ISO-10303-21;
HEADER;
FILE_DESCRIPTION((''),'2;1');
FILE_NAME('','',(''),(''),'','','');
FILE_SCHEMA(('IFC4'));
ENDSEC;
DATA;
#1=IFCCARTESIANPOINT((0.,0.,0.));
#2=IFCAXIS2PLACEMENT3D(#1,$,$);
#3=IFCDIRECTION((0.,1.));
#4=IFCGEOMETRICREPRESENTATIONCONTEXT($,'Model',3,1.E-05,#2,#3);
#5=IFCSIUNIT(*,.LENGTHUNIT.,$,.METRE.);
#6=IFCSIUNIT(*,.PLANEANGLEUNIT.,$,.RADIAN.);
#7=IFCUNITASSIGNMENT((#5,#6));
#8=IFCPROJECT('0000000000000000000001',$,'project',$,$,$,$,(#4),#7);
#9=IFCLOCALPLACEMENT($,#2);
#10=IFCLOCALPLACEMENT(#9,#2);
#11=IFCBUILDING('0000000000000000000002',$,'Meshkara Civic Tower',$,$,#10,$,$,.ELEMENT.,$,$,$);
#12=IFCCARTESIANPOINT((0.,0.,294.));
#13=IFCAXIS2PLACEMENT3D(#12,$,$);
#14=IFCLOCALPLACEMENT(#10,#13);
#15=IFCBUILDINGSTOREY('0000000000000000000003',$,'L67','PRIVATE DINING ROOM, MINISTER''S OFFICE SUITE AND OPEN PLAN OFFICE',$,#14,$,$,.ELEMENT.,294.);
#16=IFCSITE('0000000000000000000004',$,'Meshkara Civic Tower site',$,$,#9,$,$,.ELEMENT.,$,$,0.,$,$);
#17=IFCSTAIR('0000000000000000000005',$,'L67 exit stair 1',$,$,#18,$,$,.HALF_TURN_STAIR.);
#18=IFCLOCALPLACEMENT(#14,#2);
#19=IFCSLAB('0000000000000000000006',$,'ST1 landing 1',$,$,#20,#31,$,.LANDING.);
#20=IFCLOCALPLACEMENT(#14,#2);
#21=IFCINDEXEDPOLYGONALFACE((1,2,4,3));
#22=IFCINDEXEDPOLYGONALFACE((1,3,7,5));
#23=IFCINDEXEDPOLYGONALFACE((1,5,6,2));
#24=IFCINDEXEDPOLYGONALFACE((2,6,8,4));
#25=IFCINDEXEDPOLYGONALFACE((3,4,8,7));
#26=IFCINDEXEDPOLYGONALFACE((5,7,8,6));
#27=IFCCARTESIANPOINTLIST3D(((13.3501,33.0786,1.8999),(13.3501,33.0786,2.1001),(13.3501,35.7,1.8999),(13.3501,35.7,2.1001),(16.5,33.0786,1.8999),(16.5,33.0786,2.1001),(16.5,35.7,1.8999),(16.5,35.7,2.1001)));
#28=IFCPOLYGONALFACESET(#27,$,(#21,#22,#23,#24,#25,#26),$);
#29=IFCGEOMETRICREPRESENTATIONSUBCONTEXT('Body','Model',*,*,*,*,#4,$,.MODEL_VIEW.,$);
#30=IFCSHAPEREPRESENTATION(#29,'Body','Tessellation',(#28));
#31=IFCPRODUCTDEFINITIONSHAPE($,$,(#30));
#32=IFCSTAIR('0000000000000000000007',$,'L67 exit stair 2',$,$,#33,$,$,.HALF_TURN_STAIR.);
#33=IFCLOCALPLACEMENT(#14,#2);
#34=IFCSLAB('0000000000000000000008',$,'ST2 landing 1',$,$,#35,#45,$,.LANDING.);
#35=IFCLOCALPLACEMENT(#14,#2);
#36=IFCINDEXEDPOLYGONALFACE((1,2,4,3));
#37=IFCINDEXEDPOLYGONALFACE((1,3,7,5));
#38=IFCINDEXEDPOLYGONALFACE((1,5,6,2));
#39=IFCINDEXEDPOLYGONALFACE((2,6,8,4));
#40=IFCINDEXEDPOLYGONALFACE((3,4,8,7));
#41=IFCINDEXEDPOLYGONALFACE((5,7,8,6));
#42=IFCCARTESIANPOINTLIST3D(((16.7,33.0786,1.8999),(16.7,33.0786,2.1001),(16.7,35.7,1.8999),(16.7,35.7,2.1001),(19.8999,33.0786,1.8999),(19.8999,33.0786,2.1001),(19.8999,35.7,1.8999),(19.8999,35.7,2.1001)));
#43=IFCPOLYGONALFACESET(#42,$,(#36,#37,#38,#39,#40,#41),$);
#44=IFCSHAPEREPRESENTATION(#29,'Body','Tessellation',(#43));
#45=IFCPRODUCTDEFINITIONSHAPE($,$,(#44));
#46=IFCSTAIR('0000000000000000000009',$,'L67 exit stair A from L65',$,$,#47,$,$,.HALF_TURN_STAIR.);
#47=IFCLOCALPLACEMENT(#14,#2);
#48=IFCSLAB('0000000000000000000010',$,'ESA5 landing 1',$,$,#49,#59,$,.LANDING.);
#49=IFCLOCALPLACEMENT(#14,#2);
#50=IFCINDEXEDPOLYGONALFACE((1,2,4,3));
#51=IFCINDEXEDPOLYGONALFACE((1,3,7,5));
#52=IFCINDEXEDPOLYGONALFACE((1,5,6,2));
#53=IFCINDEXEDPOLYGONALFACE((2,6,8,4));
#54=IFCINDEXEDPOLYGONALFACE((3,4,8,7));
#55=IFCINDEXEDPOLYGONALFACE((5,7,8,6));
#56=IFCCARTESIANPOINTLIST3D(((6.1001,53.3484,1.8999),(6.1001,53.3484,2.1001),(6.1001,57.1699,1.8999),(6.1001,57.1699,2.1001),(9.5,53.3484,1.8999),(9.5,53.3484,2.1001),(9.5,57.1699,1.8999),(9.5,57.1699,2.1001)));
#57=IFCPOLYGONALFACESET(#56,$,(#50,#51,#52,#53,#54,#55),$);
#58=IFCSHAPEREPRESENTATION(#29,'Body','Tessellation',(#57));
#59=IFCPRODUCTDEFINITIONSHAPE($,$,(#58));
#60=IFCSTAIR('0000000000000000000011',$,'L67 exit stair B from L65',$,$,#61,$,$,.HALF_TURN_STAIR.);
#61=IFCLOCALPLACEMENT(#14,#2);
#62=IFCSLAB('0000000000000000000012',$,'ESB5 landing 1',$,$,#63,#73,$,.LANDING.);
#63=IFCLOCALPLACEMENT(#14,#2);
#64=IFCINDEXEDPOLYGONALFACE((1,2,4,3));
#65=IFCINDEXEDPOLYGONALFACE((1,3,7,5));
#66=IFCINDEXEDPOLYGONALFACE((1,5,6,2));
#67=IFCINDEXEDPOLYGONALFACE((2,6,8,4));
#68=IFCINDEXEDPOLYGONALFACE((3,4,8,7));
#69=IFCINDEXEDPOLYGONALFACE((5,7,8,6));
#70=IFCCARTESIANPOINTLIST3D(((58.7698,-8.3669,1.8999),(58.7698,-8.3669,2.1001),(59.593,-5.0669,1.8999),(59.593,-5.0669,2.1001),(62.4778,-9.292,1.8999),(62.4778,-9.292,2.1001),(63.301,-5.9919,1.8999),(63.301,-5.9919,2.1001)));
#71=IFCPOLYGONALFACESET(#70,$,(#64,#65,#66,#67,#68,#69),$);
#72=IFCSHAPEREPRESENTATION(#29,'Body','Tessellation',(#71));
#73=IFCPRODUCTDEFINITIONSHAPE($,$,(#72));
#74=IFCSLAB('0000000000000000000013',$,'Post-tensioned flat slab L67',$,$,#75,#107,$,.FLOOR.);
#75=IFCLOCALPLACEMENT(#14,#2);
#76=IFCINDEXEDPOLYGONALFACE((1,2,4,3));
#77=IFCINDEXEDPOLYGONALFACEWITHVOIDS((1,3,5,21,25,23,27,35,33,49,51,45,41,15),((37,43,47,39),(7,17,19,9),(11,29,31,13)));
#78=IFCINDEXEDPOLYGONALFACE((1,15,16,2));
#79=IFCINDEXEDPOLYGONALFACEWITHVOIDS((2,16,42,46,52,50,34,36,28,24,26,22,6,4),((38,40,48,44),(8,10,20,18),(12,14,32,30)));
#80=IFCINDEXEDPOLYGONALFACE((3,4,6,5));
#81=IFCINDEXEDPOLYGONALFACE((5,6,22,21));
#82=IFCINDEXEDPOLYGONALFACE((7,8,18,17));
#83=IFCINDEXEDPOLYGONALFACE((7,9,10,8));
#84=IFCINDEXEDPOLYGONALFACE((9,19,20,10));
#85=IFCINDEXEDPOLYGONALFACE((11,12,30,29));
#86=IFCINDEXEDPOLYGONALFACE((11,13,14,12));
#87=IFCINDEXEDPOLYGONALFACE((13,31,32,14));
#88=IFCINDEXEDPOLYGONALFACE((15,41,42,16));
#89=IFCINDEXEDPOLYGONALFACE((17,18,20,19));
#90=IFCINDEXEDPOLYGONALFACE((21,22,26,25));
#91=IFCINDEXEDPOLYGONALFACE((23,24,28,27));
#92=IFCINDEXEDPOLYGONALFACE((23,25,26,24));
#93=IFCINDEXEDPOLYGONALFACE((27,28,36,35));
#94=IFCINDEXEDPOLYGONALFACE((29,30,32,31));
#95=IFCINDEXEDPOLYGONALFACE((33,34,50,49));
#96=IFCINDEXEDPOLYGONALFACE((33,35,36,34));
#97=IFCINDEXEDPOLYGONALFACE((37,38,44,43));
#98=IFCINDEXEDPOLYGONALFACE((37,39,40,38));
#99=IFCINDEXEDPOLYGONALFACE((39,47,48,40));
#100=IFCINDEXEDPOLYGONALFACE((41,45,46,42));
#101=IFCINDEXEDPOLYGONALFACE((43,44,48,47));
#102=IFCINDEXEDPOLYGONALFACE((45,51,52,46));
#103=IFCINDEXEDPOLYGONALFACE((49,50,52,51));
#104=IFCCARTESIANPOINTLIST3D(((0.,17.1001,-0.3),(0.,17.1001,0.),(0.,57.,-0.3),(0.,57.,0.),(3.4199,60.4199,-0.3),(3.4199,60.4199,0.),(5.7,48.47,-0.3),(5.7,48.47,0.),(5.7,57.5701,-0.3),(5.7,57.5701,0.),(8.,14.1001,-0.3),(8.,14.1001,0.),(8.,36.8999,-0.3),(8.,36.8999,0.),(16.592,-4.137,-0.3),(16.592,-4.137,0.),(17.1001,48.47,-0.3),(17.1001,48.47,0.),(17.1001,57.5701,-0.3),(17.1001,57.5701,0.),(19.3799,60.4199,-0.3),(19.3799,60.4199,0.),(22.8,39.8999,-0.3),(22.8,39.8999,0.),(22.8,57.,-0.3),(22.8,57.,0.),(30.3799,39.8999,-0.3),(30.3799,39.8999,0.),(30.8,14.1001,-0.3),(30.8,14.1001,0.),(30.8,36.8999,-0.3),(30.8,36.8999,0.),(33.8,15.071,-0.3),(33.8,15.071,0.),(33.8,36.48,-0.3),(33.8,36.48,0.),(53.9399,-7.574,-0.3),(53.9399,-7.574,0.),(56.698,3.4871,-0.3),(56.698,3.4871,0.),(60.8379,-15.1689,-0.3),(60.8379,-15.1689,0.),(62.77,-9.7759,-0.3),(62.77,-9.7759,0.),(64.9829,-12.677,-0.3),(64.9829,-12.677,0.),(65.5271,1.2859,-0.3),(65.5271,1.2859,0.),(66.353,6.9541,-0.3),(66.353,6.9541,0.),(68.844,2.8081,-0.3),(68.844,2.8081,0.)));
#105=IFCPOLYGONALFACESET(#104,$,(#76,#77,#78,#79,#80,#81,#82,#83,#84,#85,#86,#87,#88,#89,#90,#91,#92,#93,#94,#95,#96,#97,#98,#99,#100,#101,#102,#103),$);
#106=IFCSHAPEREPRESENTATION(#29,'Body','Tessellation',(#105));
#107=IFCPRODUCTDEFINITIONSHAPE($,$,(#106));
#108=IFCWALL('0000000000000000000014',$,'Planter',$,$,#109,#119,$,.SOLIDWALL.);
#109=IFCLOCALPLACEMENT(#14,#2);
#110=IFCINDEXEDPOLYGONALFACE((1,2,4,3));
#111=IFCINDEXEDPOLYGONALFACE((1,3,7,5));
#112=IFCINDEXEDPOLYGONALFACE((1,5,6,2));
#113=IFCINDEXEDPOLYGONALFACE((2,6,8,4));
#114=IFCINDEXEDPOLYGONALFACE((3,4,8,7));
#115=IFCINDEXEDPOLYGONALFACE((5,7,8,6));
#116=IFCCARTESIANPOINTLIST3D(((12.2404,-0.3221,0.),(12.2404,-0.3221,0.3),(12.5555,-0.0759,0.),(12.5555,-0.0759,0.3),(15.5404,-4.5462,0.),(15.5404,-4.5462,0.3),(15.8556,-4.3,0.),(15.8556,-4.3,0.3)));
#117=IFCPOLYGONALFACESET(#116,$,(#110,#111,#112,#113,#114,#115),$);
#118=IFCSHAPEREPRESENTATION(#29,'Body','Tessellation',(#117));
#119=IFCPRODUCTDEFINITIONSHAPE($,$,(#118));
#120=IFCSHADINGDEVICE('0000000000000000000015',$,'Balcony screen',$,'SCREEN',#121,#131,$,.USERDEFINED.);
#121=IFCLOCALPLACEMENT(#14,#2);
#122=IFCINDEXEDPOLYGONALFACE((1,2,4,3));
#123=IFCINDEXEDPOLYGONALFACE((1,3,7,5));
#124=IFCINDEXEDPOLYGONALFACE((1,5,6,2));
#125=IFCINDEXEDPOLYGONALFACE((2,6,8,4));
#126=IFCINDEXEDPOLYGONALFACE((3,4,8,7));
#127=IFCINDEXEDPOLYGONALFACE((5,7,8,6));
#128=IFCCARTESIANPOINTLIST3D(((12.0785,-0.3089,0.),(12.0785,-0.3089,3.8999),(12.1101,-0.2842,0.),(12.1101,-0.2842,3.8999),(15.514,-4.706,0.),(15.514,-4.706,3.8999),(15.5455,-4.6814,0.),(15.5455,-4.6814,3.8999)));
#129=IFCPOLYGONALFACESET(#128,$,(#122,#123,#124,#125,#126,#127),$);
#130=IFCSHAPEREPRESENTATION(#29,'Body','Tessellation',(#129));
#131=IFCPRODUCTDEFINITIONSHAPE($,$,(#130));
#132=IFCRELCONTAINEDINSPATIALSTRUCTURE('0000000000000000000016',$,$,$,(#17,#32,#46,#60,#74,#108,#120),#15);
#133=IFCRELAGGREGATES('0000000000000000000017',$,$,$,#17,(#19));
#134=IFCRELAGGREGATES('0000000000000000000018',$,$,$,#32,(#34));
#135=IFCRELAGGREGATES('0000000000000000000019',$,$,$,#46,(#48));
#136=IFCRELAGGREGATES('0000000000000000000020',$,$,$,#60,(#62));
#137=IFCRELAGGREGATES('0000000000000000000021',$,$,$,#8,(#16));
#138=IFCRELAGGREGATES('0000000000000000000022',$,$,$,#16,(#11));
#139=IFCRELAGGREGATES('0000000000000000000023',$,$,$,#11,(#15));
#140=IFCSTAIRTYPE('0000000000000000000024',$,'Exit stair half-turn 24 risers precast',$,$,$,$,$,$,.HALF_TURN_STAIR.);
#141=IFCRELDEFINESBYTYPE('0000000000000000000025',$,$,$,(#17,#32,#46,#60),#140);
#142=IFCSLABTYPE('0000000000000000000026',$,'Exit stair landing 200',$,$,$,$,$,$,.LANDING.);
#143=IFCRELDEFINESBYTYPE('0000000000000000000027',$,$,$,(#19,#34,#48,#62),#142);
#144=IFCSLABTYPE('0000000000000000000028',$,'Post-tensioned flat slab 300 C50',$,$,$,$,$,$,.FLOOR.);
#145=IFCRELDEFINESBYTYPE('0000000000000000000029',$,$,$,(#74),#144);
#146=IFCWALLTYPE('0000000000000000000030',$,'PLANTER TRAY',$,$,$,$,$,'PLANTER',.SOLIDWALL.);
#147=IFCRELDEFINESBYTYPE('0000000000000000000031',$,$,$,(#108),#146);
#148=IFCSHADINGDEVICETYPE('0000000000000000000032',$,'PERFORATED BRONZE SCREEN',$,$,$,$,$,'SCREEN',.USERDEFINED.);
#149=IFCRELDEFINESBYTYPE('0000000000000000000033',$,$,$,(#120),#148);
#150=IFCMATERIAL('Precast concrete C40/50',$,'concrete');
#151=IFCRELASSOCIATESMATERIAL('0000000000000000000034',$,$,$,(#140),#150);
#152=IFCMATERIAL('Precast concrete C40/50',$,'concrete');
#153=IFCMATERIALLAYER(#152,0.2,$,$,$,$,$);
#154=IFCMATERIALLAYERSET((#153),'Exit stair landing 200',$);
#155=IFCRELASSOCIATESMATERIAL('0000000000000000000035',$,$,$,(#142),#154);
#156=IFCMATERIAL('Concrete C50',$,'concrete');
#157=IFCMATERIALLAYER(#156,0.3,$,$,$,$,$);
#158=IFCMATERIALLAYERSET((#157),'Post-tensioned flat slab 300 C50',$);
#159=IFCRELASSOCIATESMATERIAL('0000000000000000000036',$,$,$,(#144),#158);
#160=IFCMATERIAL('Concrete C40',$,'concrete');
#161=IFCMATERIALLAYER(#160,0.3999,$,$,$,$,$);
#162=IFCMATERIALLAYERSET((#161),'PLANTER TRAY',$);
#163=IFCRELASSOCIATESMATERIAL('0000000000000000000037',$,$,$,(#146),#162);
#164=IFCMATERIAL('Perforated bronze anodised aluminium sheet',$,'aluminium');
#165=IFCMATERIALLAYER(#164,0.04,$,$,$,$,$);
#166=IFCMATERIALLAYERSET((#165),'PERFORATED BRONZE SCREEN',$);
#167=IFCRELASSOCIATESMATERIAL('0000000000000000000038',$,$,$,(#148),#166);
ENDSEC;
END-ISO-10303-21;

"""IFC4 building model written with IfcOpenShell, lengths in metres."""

from ifc_helpers import new_model, si_unit, direction, frame, frame_2d, origin, origin_2d, place, context, subcontext, project, spatial, polyline, rectangle, outline, extrude, material, layer, layer_set, type_object, element, aggregate, save


model = new_model("IFC4")

# Units and contexts
model_context = context("Model", 3, precision=1e-05, world=origin(), true_north=direction((0.0, 1.0)))
body_context = subcontext(model_context, "Body", "Model", "MODEL_VIEW")
ifc_project = project(units=[si_unit("LENGTHUNIT", "METRE"), si_unit("PLANEANGLEUNIT", "RADIAN")], contexts=[model_context])

# Site, building, storey
site_placement = place(None, origin())
site = spatial("IfcSite", under=ifc_project, at=site_placement, Name="Meshkara Civic Tower site", CompositionType="ELEMENT", RefElevation=0.0)
building_placement = place(site_placement, origin())
building = spatial("IfcBuilding", under=site, at=building_placement, Name="Meshkara Civic Tower", CompositionType="ELEMENT")
storey_placement = place(building_placement, frame((0.0, 0.0, 294.0)))
storey = spatial("IfcBuildingStorey", under=building, at=storey_placement, Name="L67", Description="PRIVATE DINING ROOM, MINISTER'S OFFICE SUITE AND OPEN PLAN OFFICE", CompositionType="ELEMENT", Elevation=294.0)

# Stairs, slabs
ifc_material_1 = material(Name="Precast concrete C40/50", Category="concrete")
stair_type = type_object("IfcStairType", Name="Exit stair half-turn 24 risers precast", PredefinedType="HALF_TURN_STAIR", material=ifc_material_1)
stair_1_placement = place(storey_placement, origin())
stair_1 = element("IfcStair", 1, at=stair_1_placement, inside=storey, type_object=stair_type, Name="L67 exit stair 1", PredefinedType="HALF_TURN_STAIR")
ifc_material_2 = material(Name="Precast concrete C40/50", Category="concrete")
ifc_layer_1 = layer(ifc_material_2, 0.2)
ifc_layer_set_1 = layer_set([ifc_layer_1], Name="Exit stair landing 200")
slab_type_1 = type_object("IfcSlabType", Name="Exit stair landing 200", PredefinedType="LANDING", material=ifc_layer_set_1)
slab_1_placement = place(storey_placement, frame((0.0, 0.0, 1.8999)))
slab_1 = element("IfcSlab", 2, at=slab_1_placement, type_object=slab_type_1, Name="ST1 landing 1", PredefinedType="LANDING", context=body_context, shape_type="SweptSolid", body=[
    extrude(outline(polyline([(16.5, 33.0786), (16.5, 35.7), (13.3501, 35.7), (13.3501, 33.0786), (16.5, 33.0786)])), origin(), (0.0, 0.0, 1.0), 0.2002),
])
aggregate(stair_1, [slab_1])
stair_2_placement = place(storey_placement, origin())
stair_2 = element("IfcStair", 3, at=stair_2_placement, inside=storey, type_object=stair_type, Name="L67 exit stair 2", PredefinedType="HALF_TURN_STAIR")
slab_2_placement = place(storey_placement, frame((0.0, 0.0, 1.8999)))
slab_2 = element("IfcSlab", 4, at=slab_2_placement, type_object=slab_type_1, Name="ST2 landing 1", PredefinedType="LANDING", context=body_context, shape_type="SweptSolid", body=[
    extrude(outline(polyline([(19.8999, 33.0786), (19.8999, 35.7), (16.7, 35.7), (16.7, 33.0786), (19.8999, 33.0786)])), origin(), (0.0, 0.0, 1.0), 0.2002),
])
aggregate(stair_2, [slab_2])
stair_3_placement = place(storey_placement, origin())
stair_3 = element("IfcStair", 5, at=stair_3_placement, inside=storey, type_object=stair_type, Name="L67 exit stair A from L65", PredefinedType="HALF_TURN_STAIR")
slab_3_placement = place(storey_placement, frame((0.0, 0.0, 1.8999)))
slab_3 = element("IfcSlab", 6, at=slab_3_placement, type_object=slab_type_1, Name="ESA5 landing 1", PredefinedType="LANDING", context=body_context, shape_type="SweptSolid", body=[
    extrude(outline(polyline([(9.5, 53.3484), (9.5, 57.1699), (6.1001, 57.1699), (6.1001, 53.3484), (9.5, 53.3484)])), origin(), (0.0, 0.0, 1.0), 0.2002),
])
aggregate(stair_3, [slab_3])
stair_4_placement = place(storey_placement, origin())
stair_4 = element("IfcStair", 7, at=stair_4_placement, inside=storey, type_object=stair_type, Name="L67 exit stair B from L65", PredefinedType="HALF_TURN_STAIR")
slab_4_placement = place(storey_placement, frame((0.0, 0.0, 1.8999)))
slab_4 = element("IfcSlab", 8, at=slab_4_placement, type_object=slab_type_1, Name="ESB5 landing 1", PredefinedType="LANDING", context=body_context, shape_type="SweptSolid", body=[
    extrude(outline(polyline([(58.7698, -8.3669), (62.4778, -9.292), (63.301, -5.9919), (59.593, -5.0669), (58.7698, -8.3669)])), origin(), (0.0, 0.0, 1.0), 0.2002),
])
aggregate(stair_4, [slab_4])

# Slab
ifc_material_3 = material(Name="Concrete C50", Category="concrete")
ifc_layer_2 = layer(ifc_material_3, 0.3)
ifc_layer_set_2 = layer_set([ifc_layer_2], Name="Post-tensioned flat slab 300 C50")
slab_type_2 = type_object("IfcSlabType", Name="Post-tensioned flat slab 300 C50", PredefinedType="FLOOR", material=ifc_layer_set_2)
slab_5_placement = place(storey_placement, frame((0.0, 0.0, -0.3)))
element("IfcSlab", 9, at=slab_5_placement, inside=storey, type_object=slab_type_2, Name="Post-tensioned flat slab L67", PredefinedType="FLOOR", context=body_context, shape_type="SweptSolid", body=[
    extrude(outline(polyline([(64.9829, -12.677), (60.8379, -15.1689), (16.592, -4.137), (0.0, 17.1001), (0.0, 57.0), (3.4199, 60.4199), (19.3799, 60.4199), (22.8, 57.0), (22.8, 39.8999), (30.3799, 39.8999), (33.8, 36.48), (33.8, 15.071), (66.353, 6.9541), (68.844, 2.8081), (64.9829, -12.677)]), holes=[polyline([(62.77, -9.7759), (65.5271, 1.2859), (56.698, 3.4871), (53.9399, -7.574), (62.77, -9.7759)]), polyline([(8.0, 14.1001), (30.8, 14.1001), (30.8, 36.8999), (8.0, 36.8999), (8.0, 14.1001)]), polyline([(5.7, 57.5701), (5.7, 48.47), (17.1001, 48.47), (17.1001, 57.5701), (5.7, 57.5701)])]), origin(), (0.0, 0.0, 1.0), 0.3),
])

# Wall
ifc_material_4 = material(Name="Concrete C40", Category="concrete")
ifc_layer_3 = layer(ifc_material_4, 0.3999)
ifc_layer_set_3 = layer_set([ifc_layer_3], Name="PLANTER TRAY")
wall_type_1 = type_object("IfcWallType", Name="PLANTER TRAY", ElementType="PLANTER", PredefinedType="SOLIDWALL", material=ifc_layer_set_3)
wall_1_placement = place(storey_placement, frame((12.3979, -0.199, 0.0), z_axis=(0.0, 0.0, 1.0), x_axis=(0.615639, -0.788029, 0.0)))
element("IfcWall", 10, at=wall_1_placement, inside=storey, type_object=wall_type_1, Name="Planter", PredefinedType="SOLIDWALL", context=body_context, shape_type="SweptSolid", body=[
    extrude(rectangle(XDim=5.3604, YDim=0.3999, at=frame_2d((2.6802, 0.0))), origin(), (0.0, 0.0, 1.0), 0.3),
])

# Shading device
ifc_material_5 = material(Name="Perforated bronze anodised aluminium sheet", Category="aluminium")
ifc_layer_4 = layer(ifc_material_5, 0.04)
ifc_layer_set_4 = layer_set([ifc_layer_4], Name="PERFORATED BRONZE SCREEN")
shading_device_type = type_object("IfcShadingDeviceType", Name="PERFORATED BRONZE SCREEN", ElementType="SCREEN", PredefinedType="USERDEFINED", material=ifc_layer_set_4)
shading_device_placement = place(storey_placement, frame((13.812, -2.4951, 0.0), z_axis=(0.0, 0.0, 1.0), x_axis=(0.615661, -0.788011, 0.0)))
element("IfcShadingDevice", 11, at=shading_device_placement, inside=storey, type_object=shading_device_type, Name="Balcony screen", ObjectType="SCREEN", PredefinedType="USERDEFINED", context=body_context, shape_type="SweptSolid", body=[
    extrude(rectangle(XDim=5.5801, YDim=0.04, at=origin_2d()), origin(), (0.0, 0.0, 1.0), 3.8999),
])

save(model, "model.ifc")
